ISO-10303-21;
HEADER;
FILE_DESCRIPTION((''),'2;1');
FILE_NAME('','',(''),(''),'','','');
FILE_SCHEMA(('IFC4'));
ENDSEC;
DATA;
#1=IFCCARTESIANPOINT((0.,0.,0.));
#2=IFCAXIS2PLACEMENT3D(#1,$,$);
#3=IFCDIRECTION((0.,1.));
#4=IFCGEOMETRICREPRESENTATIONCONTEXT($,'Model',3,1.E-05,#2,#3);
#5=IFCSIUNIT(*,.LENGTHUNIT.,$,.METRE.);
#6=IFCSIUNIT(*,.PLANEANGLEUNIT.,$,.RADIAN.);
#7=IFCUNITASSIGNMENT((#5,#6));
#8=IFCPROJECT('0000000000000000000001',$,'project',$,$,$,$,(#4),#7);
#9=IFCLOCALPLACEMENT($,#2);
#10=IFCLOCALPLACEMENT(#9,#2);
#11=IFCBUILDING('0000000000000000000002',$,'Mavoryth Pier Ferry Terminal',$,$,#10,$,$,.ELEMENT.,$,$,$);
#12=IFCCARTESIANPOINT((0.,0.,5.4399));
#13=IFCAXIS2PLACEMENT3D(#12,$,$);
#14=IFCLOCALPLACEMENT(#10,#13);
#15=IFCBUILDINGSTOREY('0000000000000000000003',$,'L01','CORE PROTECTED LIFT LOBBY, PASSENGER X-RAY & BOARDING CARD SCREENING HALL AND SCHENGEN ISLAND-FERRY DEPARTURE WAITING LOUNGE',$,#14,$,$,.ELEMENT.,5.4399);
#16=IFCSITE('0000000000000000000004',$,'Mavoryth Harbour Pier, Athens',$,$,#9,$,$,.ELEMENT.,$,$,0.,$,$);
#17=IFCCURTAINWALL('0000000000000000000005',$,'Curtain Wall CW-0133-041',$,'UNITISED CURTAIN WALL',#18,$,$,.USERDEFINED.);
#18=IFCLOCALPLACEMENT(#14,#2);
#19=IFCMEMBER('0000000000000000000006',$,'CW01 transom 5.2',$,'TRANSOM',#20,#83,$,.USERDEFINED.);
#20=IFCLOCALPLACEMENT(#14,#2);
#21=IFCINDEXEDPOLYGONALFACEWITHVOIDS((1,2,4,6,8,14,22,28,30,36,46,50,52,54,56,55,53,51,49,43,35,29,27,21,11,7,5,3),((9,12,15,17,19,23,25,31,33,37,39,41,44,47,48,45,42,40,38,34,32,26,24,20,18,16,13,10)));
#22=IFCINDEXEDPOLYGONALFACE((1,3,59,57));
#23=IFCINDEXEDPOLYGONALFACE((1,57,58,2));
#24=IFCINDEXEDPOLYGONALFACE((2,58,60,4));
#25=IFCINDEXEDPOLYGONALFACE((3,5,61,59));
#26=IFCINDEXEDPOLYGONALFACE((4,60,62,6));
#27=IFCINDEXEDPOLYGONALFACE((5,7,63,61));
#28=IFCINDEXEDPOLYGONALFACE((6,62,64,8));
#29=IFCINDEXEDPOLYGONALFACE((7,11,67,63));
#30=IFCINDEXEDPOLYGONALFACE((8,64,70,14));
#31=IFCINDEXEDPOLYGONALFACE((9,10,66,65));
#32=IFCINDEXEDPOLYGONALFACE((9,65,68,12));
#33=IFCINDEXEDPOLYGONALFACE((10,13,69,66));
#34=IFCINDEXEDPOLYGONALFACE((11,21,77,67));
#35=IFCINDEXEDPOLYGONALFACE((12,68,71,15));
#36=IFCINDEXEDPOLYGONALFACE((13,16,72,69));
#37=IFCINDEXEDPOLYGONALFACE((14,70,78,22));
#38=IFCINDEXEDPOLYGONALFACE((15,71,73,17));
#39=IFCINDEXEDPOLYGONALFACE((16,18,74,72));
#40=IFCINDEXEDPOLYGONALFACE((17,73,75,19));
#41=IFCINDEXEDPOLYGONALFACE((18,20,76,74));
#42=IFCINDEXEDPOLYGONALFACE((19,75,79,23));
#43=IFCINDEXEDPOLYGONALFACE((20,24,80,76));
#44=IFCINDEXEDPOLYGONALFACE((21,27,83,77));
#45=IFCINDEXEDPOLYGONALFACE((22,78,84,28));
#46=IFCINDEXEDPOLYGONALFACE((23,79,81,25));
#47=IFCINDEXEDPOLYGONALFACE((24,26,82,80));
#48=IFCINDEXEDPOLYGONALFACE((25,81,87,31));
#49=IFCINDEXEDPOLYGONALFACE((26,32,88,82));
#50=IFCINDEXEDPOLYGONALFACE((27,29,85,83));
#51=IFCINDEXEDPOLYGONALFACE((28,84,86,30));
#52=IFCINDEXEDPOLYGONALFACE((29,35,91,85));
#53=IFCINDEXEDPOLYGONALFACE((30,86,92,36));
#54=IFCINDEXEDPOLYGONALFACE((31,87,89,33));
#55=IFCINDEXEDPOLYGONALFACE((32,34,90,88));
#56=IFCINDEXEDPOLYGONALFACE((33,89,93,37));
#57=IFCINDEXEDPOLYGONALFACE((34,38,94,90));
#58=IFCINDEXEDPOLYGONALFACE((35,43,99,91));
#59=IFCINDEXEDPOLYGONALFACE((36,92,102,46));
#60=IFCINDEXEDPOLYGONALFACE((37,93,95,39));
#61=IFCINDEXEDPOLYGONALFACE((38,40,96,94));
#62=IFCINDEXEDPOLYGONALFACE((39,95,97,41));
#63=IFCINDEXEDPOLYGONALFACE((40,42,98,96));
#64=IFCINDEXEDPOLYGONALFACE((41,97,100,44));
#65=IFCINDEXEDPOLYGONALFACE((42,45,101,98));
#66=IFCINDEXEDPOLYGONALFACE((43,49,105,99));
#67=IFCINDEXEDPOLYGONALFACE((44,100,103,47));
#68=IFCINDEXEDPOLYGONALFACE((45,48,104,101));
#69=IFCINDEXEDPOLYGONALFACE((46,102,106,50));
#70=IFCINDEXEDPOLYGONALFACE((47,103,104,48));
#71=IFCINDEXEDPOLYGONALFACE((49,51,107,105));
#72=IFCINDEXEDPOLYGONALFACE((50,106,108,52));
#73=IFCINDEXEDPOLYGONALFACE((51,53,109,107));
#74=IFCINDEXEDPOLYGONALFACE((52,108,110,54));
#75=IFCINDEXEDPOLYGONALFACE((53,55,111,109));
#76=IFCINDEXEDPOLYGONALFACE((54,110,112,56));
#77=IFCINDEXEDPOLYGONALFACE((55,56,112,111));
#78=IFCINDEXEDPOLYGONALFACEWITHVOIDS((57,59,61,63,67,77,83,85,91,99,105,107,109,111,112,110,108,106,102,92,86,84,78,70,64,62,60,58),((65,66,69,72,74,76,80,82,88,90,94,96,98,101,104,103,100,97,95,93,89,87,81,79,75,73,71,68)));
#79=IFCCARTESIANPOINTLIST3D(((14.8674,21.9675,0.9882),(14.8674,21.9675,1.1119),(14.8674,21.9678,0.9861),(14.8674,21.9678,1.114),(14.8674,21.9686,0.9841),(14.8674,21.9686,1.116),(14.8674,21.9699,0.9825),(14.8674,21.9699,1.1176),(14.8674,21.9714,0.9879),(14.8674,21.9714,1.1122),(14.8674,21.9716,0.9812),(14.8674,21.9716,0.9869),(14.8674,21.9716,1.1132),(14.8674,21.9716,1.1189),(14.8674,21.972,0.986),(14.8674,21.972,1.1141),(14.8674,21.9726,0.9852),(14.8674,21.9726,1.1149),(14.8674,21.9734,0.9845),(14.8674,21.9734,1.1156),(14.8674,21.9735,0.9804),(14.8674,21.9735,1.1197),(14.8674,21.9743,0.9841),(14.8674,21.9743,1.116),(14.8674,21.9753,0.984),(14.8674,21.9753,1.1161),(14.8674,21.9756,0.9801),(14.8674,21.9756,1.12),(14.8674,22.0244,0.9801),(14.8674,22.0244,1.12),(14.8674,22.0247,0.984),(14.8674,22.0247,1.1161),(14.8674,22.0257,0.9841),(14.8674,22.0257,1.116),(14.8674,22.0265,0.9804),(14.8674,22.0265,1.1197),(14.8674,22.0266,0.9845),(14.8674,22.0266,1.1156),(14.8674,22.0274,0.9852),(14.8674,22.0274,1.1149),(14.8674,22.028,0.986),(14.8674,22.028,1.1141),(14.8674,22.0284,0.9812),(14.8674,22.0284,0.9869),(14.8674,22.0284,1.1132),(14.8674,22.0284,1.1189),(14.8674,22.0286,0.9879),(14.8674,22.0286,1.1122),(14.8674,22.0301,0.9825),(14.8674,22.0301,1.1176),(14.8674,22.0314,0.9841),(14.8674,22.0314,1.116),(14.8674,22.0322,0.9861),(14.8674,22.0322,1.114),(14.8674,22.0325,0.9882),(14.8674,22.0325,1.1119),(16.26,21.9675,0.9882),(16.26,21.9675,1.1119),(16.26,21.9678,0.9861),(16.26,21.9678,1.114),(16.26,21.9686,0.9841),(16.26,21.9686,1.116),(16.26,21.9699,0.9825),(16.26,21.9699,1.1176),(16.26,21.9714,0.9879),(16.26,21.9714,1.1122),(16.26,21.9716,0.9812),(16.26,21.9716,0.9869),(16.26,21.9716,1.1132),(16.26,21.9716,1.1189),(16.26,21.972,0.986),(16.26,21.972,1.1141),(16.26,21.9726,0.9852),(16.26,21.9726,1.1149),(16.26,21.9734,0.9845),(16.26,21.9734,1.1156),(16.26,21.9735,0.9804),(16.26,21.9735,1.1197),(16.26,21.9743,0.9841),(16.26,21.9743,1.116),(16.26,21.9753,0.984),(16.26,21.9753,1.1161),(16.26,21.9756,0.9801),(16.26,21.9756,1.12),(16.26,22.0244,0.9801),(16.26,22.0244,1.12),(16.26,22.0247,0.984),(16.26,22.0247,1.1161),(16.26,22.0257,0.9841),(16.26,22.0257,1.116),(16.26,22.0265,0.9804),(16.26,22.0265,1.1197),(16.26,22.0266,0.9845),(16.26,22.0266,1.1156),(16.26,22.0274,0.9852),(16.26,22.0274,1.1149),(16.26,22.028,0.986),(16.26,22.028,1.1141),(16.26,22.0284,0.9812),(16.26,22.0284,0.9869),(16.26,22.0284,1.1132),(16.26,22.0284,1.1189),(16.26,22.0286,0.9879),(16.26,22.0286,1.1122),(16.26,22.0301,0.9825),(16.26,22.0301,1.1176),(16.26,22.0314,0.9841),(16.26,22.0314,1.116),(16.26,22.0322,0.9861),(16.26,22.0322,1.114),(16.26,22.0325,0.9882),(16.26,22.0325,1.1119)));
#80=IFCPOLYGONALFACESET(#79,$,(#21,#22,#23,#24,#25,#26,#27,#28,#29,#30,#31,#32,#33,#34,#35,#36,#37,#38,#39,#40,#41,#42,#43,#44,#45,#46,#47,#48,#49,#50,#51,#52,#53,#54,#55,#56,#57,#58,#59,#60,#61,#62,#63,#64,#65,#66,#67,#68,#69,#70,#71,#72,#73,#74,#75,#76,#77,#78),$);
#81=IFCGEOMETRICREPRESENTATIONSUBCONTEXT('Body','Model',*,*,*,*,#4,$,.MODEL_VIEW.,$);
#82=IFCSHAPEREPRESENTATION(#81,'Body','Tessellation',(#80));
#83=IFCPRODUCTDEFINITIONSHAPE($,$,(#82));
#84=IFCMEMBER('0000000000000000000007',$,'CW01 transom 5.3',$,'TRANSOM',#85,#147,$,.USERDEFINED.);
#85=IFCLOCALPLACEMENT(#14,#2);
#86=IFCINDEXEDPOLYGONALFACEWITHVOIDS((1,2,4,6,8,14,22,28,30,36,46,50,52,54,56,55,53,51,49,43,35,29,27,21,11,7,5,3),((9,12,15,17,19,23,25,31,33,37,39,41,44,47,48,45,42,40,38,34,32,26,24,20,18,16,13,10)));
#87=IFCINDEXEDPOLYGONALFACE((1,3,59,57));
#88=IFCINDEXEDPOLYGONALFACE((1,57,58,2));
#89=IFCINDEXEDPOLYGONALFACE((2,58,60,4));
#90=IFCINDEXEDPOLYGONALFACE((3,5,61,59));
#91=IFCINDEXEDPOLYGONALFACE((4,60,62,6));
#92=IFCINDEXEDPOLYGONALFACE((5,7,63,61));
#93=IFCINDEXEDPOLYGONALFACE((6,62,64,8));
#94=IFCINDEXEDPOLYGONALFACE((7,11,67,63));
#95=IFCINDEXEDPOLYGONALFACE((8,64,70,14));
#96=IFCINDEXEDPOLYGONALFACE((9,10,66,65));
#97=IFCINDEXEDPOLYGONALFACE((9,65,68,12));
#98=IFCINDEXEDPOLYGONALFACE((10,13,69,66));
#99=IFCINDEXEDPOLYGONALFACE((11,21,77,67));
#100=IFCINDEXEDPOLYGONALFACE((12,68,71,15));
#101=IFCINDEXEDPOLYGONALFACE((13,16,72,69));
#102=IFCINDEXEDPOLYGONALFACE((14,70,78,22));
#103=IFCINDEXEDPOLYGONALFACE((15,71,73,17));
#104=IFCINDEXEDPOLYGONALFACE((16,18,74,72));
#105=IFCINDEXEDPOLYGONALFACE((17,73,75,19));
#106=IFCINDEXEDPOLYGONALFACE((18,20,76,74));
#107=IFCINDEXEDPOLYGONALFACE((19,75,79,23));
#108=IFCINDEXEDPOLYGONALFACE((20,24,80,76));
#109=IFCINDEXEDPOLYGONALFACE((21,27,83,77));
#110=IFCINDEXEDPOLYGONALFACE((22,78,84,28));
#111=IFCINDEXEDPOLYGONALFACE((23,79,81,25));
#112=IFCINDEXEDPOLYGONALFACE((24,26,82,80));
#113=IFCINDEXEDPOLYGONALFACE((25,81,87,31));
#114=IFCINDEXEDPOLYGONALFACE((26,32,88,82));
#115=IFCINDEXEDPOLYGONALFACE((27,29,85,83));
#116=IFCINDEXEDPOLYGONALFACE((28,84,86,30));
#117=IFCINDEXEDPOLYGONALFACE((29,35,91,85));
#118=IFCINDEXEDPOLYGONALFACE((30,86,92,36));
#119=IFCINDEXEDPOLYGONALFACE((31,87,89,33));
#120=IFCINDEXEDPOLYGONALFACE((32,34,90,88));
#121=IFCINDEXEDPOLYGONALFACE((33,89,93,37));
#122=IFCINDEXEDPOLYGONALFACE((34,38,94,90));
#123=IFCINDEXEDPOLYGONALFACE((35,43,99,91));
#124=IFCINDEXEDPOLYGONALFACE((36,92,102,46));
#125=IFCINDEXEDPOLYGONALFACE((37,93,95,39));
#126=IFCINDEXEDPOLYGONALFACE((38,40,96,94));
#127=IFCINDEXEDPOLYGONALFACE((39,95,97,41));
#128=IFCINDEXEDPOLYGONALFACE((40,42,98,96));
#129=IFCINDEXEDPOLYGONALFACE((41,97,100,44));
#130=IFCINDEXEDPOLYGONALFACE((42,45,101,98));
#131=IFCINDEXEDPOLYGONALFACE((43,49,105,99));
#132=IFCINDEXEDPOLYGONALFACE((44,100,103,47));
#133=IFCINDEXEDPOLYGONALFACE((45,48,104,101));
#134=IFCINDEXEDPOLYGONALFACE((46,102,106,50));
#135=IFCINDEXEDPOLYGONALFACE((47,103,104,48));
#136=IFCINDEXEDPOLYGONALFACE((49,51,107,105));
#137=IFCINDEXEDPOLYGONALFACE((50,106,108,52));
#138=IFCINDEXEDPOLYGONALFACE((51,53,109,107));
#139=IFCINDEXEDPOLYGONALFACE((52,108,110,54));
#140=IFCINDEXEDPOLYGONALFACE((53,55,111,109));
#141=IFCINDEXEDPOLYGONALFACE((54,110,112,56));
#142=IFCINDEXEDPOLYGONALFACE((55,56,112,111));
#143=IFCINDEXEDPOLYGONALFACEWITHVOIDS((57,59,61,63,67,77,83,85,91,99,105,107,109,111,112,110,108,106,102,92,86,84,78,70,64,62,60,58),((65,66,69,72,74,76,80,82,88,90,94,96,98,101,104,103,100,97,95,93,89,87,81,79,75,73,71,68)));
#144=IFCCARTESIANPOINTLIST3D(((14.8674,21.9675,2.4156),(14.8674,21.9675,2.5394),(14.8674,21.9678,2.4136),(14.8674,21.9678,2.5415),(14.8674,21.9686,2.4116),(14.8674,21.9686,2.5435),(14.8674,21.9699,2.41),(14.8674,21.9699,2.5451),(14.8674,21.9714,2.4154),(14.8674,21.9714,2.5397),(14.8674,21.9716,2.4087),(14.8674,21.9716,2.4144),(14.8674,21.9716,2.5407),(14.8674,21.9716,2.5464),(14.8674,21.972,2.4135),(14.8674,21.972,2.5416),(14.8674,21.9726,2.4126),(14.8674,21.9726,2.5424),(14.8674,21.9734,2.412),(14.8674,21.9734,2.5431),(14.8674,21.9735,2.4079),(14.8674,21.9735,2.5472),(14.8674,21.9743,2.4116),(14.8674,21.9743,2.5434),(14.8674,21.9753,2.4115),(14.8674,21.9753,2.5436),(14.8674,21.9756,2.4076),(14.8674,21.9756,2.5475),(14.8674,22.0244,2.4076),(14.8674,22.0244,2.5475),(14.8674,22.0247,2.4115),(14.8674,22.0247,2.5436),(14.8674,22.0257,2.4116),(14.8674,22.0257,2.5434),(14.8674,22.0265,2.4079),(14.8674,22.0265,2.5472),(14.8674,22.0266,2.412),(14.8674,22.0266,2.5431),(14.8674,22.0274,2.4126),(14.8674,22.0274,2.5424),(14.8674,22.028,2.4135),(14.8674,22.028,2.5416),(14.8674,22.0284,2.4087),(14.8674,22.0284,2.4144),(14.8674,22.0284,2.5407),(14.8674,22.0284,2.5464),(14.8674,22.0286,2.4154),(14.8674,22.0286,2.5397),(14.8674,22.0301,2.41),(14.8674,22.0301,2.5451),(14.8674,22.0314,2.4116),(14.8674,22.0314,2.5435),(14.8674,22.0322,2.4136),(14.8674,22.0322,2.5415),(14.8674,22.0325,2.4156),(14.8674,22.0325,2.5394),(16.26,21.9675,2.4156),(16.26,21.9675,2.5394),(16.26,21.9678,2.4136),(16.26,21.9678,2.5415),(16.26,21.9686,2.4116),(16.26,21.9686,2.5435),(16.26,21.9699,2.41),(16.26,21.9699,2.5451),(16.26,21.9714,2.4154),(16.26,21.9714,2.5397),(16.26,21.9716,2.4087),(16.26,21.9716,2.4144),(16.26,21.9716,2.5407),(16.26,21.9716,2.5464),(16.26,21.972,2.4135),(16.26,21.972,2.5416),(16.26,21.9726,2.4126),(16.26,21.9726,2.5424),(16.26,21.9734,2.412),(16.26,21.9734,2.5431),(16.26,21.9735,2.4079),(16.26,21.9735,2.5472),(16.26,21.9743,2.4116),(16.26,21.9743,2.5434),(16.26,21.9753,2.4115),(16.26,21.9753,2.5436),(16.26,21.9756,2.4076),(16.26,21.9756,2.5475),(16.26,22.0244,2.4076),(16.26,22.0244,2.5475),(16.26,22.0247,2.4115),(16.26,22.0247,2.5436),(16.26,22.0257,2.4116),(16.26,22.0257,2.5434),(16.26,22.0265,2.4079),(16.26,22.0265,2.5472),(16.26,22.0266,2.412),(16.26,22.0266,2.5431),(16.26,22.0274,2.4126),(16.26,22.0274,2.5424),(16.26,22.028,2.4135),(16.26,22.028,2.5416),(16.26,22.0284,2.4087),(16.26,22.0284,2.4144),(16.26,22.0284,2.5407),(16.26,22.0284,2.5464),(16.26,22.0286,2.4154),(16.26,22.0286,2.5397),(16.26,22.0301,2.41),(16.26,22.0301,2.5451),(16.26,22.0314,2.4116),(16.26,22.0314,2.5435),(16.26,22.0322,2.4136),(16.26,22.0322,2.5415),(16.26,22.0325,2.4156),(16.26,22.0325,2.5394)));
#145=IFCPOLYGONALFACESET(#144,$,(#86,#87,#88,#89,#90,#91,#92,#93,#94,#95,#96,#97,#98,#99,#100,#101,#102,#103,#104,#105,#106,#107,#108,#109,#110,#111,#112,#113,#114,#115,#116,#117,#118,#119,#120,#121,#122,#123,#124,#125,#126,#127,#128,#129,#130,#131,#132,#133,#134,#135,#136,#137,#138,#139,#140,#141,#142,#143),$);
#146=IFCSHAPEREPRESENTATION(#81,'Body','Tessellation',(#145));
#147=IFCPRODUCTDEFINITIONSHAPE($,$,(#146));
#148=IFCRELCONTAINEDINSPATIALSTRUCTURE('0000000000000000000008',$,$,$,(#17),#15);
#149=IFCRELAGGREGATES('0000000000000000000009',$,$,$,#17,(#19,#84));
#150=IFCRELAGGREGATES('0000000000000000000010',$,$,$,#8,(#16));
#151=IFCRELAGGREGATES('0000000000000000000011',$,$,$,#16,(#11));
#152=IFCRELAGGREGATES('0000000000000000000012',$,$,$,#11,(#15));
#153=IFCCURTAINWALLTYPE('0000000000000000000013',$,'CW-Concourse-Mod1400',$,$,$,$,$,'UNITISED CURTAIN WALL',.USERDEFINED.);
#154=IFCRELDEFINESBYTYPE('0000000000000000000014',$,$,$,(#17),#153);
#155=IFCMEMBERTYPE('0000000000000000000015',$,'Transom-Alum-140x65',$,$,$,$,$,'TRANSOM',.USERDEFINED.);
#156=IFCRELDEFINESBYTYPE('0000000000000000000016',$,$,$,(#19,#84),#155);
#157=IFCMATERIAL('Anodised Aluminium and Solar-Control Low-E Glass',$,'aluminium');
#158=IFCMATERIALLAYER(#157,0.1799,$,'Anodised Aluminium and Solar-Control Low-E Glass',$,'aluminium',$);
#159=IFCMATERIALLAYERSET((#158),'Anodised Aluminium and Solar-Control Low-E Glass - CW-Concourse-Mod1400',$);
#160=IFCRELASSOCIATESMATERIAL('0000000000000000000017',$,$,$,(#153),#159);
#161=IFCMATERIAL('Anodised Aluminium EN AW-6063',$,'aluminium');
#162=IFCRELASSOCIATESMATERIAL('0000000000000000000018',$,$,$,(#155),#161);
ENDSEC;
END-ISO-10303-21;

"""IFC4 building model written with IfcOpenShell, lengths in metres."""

from ifc_helpers import new_model, si_unit, direction, frame, origin, origin_2d, place, context, subcontext, project, spatial, hollow_rectangle, extrude, material, layer, layer_set, material_profile, profile_set, type_object, element, aggregate, save


model = new_model("IFC4")

# Units and contexts
model_context = context("Model", 3, precision=1e-05, world=origin(), true_north=direction((0.0, 1.0)))
body_context = subcontext(model_context, "Body", "Model", "MODEL_VIEW")
ifc_project = project(units=[si_unit("LENGTHUNIT", "METRE"), si_unit("PLANEANGLEUNIT", "RADIAN")], contexts=[model_context])

# Site, building, storey
site_placement = place(None, origin())
site = spatial("IfcSite", under=ifc_project, at=site_placement, Name="Mavoryth Harbour Pier, Athens", CompositionType="ELEMENT", RefElevation=0.0)
building_placement = place(site_placement, origin())
building = spatial("IfcBuilding", under=site, at=building_placement, Name="Mavoryth Pier Ferry Terminal", CompositionType="ELEMENT")
storey_placement = place(building_placement, frame((0.0, 0.0, 5.4399)))
storey = spatial("IfcBuildingStorey", under=building, at=storey_placement, Name="L01", Description="CORE PROTECTED LIFT LOBBY, PASSENGER X-RAY & BOARDING CARD SCREENING HALL AND SCHENGEN ISLAND-FERRY DEPARTURE WAITING LOUNGE", CompositionType="ELEMENT", Elevation=5.4399)

# Curtain wall
ifc_material_1 = material(Name="Anodised Aluminium and Solar-Control Low-E Glass", Category="aluminium")
ifc_layer_1 = layer(ifc_material_1, 0.1799, Name="Anodised Aluminium and Solar-Control Low-E Glass", Category="aluminium")
ifc_layer_set_1 = layer_set([ifc_layer_1], Name="Anodised Aluminium and Solar-Control Low-E Glass - CW-Concourse-Mod1400")
curtain_wall_type = type_object("IfcCurtainWallType", Name="CW-Concourse-Mod1400", ElementType="UNITISED CURTAIN WALL", PredefinedType="USERDEFINED", material=ifc_layer_set_1)
curtain_wall_1_placement = place(storey_placement, origin())
curtain_wall_1 = element("IfcCurtainWall", 1, at=curtain_wall_1_placement, inside=storey, type_object=curtain_wall_type, Name="Curtain Wall CW-0133-041", ObjectType="UNITISED CURTAIN WALL", PredefinedType="USERDEFINED")
ifc_material_2 = material(Name="Anodised Aluminium EN AW-6063", Category="aluminium")

# Members
ifc_material_profile_1 = material_profile(ifc_material_2, hollow_rectangle(XDim=0.0649, YDim=0.1399, WallThickness=0.0039, InnerFilletRadius=0.0039, OuterFilletRadius=0.0081, at=origin_2d()), Name="AL-TRAN 140x65x4", Category="aluminium")
ifc_profile_set_1 = profile_set([ifc_material_profile_1], Name="Anodised Aluminium EN AW-6063 - AL-TRAN 140x65x4")
member_type_1 = type_object("IfcMemberType", Name="Transom-Alum-140x65", ElementType="TRANSOM", PredefinedType="USERDEFINED", material=ifc_profile_set_1)
member_1_placement = place(storey_placement, frame((14.8674, 22.0, 1.05), z_axis=(1.0, 0.0, 0.0), x_axis=(0.0, 1.0, 0.0)))
member_1 = element("IfcMember", 2, at=member_1_placement, type_object=member_type_1, Name="CW01 transom 5.2", ObjectType="TRANSOM", PredefinedType="USERDEFINED", context=body_context, shape_type="SweptSolid", body=[
    extrude(hollow_rectangle(XDim=0.0649, YDim=0.1399, WallThickness=0.0039, InnerFilletRadius=0.0039, OuterFilletRadius=0.0081, at=origin_2d()), origin(), (0.0, 0.0, 1.0), 1.3926),
])
member_2_placement = place(storey_placement, frame((14.8674, 22.0, 2.4775), z_axis=(1.0, 0.0, 0.0), x_axis=(0.0, 1.0, 0.0)))
member_2 = element("IfcMember", 3, at=member_2_placement, type_object=member_type_1, Name="CW01 transom 5.3", ObjectType="TRANSOM", PredefinedType="USERDEFINED", context=body_context, shape_type="SweptSolid", body=[
    extrude(hollow_rectangle(XDim=0.0649, YDim=0.1399, WallThickness=0.0039, InnerFilletRadius=0.0039, OuterFilletRadius=0.0081, at=origin_2d()), origin(), (0.0, 0.0, 1.0), 1.3926),
])

aggregate(curtain_wall_1, [member_1, member_2])

save(model, "model.ifc")
